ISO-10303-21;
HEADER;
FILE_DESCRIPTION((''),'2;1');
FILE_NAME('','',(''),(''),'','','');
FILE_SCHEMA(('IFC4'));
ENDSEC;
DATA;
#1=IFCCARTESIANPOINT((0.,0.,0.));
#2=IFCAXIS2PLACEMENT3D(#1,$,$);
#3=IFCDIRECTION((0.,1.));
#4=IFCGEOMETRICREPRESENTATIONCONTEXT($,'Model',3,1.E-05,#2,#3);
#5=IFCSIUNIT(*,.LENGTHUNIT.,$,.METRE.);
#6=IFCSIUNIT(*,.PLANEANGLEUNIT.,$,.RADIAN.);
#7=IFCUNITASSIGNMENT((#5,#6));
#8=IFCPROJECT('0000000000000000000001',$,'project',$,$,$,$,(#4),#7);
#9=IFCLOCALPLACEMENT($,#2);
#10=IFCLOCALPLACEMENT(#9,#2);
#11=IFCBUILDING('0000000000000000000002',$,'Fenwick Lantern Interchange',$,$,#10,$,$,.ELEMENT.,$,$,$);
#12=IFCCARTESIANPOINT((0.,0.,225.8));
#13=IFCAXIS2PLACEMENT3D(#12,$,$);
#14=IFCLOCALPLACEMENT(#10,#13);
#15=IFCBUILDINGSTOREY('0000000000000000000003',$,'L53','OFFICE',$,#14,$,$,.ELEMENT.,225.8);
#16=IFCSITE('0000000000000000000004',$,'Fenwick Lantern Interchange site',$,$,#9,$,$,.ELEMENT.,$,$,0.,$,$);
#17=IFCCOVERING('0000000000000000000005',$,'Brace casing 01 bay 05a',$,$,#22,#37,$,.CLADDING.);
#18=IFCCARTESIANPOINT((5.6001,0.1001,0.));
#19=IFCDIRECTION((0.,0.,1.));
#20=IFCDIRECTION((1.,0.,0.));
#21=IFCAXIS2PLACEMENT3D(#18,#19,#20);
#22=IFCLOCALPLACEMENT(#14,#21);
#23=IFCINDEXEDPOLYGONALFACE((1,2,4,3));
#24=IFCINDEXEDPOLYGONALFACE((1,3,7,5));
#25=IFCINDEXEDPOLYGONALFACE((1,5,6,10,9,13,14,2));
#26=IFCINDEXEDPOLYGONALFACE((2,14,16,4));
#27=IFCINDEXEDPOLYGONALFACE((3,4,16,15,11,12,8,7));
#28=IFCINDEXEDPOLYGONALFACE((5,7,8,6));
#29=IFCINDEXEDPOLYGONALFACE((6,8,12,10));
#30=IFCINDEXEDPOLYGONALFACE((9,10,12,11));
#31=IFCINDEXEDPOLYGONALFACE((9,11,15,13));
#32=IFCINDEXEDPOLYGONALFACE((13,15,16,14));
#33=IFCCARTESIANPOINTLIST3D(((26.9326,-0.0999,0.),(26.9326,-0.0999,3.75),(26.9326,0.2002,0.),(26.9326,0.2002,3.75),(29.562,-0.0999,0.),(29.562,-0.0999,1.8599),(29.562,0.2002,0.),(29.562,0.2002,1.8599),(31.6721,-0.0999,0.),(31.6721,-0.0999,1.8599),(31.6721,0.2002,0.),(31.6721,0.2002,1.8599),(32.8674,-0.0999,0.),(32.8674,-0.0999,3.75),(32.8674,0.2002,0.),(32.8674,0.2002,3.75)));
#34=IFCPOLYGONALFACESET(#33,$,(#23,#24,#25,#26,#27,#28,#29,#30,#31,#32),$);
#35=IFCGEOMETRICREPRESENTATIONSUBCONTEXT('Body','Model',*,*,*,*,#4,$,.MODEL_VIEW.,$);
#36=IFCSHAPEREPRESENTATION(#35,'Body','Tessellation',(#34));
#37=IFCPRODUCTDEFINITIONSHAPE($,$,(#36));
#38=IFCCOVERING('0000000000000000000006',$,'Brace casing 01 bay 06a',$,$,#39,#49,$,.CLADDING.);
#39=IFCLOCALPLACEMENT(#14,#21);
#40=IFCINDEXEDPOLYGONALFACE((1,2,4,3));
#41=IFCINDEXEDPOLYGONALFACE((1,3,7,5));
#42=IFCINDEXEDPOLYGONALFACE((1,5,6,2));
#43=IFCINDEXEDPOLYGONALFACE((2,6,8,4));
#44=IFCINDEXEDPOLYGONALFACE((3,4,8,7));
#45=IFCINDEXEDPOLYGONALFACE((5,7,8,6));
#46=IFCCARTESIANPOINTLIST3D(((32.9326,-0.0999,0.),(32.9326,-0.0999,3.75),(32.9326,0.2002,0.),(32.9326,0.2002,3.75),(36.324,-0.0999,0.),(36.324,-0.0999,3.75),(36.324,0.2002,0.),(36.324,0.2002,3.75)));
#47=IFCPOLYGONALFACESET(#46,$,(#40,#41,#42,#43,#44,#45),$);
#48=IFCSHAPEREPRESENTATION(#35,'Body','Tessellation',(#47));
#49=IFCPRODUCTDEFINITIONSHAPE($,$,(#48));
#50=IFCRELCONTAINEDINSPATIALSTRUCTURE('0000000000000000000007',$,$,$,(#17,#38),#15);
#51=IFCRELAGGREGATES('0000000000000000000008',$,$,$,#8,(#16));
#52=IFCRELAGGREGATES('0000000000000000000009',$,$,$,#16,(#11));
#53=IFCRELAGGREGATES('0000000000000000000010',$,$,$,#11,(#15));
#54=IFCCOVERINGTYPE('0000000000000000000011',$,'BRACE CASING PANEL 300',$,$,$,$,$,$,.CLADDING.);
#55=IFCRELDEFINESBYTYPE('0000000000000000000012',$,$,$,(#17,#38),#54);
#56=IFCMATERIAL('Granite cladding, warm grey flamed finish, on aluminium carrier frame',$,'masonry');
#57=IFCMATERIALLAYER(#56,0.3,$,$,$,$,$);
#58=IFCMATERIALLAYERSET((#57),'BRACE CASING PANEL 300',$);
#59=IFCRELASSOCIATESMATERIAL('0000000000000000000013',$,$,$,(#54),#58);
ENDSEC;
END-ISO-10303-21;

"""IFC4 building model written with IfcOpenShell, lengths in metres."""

from ifc_helpers import new_model, si_unit, direction, frame, origin, place, context, subcontext, project, spatial, polyline, outline, extrude, material, layer, layer_set, type_object, element, save


model = new_model("IFC4")

# Units and contexts
model_context = context("Model", 3, precision=1e-05, world=origin(), true_north=direction((0.0, 1.0)))
body_context = subcontext(model_context, "Body", "Model", "MODEL_VIEW")
ifc_project = project(units=[si_unit("LENGTHUNIT", "METRE"), si_unit("PLANEANGLEUNIT", "RADIAN")], contexts=[model_context])

# Site, building, storey
site_placement = place(None, origin())
site = spatial("IfcSite", under=ifc_project, at=site_placement, Name="Fenwick Lantern Interchange site", CompositionType="ELEMENT", RefElevation=0.0)
building_placement = place(site_placement, origin())
building = spatial("IfcBuilding", under=site, at=building_placement, Name="Fenwick Lantern Interchange", CompositionType="ELEMENT")
storey_placement = place(building_placement, frame((0.0, 0.0, 225.8)))
storey = spatial("IfcBuildingStorey", under=building, at=storey_placement, Name="L53", Description="OFFICE", CompositionType="ELEMENT", Elevation=225.8)

# Coverings
ifc_material_1 = material(Name="Granite cladding, warm grey flamed finish, on aluminium carrier frame", Category="masonry")
ifc_layer_1 = layer(ifc_material_1, 0.3)
ifc_layer_set_1 = layer_set([ifc_layer_1], Name="BRACE CASING PANEL 300")
covering_type = type_object("IfcCoveringType", Name="BRACE CASING PANEL 300", PredefinedType="CLADDING", material=ifc_layer_set_1)
covering_1_placement = place(storey_placement, frame((5.6001, 0.1001, 0.0), z_axis=(0.0, 0.0, 1.0), x_axis=(1.0, 0.0, 0.0)))
element("IfcCovering", 1, at=covering_1_placement, inside=storey, type_object=covering_type, Name="Brace casing 01 bay 05a", PredefinedType="CLADDING", context=body_context, shape_type="SweptSolid", body=[
    extrude(outline(polyline([(26.9326, 0.0), (29.562, 0.0), (29.562, 1.8599), (31.6721, 1.8599), (31.6721, 0.0), (32.8674, 0.0), (32.8674, 3.75), (26.9326, 3.75), (26.9326, 0.0)])), frame((0.0, 0.2002, 0.0), z_axis=(0.0, -1.0, 0.0), x_axis=(1.0, 0.0, 0.0)), (0.0, 0.0, 1.0), 0.3),
])
covering_2_placement = place(storey_placement, frame((5.6001, 0.1001, 0.0), z_axis=(0.0, 0.0, 1.0), x_axis=(1.0, 0.0, 0.0)))
element("IfcCovering", 2, at=covering_2_placement, inside=storey, type_object=covering_type, Name="Brace casing 01 bay 06a", PredefinedType="CLADDING", context=body_context, shape_type="SweptSolid", body=[
    extrude(outline(polyline([(32.9326, 0.0), (36.324, 0.0), (36.324, 3.75), (32.9326, 3.75), (32.9326, 0.0)])), frame((0.0, 0.2002, 0.0), z_axis=(0.0, -1.0, 0.0), x_axis=(1.0, 0.0, 0.0)), (0.0, 0.0, 1.0), 0.3),
])

save(model, "model.ifc")
